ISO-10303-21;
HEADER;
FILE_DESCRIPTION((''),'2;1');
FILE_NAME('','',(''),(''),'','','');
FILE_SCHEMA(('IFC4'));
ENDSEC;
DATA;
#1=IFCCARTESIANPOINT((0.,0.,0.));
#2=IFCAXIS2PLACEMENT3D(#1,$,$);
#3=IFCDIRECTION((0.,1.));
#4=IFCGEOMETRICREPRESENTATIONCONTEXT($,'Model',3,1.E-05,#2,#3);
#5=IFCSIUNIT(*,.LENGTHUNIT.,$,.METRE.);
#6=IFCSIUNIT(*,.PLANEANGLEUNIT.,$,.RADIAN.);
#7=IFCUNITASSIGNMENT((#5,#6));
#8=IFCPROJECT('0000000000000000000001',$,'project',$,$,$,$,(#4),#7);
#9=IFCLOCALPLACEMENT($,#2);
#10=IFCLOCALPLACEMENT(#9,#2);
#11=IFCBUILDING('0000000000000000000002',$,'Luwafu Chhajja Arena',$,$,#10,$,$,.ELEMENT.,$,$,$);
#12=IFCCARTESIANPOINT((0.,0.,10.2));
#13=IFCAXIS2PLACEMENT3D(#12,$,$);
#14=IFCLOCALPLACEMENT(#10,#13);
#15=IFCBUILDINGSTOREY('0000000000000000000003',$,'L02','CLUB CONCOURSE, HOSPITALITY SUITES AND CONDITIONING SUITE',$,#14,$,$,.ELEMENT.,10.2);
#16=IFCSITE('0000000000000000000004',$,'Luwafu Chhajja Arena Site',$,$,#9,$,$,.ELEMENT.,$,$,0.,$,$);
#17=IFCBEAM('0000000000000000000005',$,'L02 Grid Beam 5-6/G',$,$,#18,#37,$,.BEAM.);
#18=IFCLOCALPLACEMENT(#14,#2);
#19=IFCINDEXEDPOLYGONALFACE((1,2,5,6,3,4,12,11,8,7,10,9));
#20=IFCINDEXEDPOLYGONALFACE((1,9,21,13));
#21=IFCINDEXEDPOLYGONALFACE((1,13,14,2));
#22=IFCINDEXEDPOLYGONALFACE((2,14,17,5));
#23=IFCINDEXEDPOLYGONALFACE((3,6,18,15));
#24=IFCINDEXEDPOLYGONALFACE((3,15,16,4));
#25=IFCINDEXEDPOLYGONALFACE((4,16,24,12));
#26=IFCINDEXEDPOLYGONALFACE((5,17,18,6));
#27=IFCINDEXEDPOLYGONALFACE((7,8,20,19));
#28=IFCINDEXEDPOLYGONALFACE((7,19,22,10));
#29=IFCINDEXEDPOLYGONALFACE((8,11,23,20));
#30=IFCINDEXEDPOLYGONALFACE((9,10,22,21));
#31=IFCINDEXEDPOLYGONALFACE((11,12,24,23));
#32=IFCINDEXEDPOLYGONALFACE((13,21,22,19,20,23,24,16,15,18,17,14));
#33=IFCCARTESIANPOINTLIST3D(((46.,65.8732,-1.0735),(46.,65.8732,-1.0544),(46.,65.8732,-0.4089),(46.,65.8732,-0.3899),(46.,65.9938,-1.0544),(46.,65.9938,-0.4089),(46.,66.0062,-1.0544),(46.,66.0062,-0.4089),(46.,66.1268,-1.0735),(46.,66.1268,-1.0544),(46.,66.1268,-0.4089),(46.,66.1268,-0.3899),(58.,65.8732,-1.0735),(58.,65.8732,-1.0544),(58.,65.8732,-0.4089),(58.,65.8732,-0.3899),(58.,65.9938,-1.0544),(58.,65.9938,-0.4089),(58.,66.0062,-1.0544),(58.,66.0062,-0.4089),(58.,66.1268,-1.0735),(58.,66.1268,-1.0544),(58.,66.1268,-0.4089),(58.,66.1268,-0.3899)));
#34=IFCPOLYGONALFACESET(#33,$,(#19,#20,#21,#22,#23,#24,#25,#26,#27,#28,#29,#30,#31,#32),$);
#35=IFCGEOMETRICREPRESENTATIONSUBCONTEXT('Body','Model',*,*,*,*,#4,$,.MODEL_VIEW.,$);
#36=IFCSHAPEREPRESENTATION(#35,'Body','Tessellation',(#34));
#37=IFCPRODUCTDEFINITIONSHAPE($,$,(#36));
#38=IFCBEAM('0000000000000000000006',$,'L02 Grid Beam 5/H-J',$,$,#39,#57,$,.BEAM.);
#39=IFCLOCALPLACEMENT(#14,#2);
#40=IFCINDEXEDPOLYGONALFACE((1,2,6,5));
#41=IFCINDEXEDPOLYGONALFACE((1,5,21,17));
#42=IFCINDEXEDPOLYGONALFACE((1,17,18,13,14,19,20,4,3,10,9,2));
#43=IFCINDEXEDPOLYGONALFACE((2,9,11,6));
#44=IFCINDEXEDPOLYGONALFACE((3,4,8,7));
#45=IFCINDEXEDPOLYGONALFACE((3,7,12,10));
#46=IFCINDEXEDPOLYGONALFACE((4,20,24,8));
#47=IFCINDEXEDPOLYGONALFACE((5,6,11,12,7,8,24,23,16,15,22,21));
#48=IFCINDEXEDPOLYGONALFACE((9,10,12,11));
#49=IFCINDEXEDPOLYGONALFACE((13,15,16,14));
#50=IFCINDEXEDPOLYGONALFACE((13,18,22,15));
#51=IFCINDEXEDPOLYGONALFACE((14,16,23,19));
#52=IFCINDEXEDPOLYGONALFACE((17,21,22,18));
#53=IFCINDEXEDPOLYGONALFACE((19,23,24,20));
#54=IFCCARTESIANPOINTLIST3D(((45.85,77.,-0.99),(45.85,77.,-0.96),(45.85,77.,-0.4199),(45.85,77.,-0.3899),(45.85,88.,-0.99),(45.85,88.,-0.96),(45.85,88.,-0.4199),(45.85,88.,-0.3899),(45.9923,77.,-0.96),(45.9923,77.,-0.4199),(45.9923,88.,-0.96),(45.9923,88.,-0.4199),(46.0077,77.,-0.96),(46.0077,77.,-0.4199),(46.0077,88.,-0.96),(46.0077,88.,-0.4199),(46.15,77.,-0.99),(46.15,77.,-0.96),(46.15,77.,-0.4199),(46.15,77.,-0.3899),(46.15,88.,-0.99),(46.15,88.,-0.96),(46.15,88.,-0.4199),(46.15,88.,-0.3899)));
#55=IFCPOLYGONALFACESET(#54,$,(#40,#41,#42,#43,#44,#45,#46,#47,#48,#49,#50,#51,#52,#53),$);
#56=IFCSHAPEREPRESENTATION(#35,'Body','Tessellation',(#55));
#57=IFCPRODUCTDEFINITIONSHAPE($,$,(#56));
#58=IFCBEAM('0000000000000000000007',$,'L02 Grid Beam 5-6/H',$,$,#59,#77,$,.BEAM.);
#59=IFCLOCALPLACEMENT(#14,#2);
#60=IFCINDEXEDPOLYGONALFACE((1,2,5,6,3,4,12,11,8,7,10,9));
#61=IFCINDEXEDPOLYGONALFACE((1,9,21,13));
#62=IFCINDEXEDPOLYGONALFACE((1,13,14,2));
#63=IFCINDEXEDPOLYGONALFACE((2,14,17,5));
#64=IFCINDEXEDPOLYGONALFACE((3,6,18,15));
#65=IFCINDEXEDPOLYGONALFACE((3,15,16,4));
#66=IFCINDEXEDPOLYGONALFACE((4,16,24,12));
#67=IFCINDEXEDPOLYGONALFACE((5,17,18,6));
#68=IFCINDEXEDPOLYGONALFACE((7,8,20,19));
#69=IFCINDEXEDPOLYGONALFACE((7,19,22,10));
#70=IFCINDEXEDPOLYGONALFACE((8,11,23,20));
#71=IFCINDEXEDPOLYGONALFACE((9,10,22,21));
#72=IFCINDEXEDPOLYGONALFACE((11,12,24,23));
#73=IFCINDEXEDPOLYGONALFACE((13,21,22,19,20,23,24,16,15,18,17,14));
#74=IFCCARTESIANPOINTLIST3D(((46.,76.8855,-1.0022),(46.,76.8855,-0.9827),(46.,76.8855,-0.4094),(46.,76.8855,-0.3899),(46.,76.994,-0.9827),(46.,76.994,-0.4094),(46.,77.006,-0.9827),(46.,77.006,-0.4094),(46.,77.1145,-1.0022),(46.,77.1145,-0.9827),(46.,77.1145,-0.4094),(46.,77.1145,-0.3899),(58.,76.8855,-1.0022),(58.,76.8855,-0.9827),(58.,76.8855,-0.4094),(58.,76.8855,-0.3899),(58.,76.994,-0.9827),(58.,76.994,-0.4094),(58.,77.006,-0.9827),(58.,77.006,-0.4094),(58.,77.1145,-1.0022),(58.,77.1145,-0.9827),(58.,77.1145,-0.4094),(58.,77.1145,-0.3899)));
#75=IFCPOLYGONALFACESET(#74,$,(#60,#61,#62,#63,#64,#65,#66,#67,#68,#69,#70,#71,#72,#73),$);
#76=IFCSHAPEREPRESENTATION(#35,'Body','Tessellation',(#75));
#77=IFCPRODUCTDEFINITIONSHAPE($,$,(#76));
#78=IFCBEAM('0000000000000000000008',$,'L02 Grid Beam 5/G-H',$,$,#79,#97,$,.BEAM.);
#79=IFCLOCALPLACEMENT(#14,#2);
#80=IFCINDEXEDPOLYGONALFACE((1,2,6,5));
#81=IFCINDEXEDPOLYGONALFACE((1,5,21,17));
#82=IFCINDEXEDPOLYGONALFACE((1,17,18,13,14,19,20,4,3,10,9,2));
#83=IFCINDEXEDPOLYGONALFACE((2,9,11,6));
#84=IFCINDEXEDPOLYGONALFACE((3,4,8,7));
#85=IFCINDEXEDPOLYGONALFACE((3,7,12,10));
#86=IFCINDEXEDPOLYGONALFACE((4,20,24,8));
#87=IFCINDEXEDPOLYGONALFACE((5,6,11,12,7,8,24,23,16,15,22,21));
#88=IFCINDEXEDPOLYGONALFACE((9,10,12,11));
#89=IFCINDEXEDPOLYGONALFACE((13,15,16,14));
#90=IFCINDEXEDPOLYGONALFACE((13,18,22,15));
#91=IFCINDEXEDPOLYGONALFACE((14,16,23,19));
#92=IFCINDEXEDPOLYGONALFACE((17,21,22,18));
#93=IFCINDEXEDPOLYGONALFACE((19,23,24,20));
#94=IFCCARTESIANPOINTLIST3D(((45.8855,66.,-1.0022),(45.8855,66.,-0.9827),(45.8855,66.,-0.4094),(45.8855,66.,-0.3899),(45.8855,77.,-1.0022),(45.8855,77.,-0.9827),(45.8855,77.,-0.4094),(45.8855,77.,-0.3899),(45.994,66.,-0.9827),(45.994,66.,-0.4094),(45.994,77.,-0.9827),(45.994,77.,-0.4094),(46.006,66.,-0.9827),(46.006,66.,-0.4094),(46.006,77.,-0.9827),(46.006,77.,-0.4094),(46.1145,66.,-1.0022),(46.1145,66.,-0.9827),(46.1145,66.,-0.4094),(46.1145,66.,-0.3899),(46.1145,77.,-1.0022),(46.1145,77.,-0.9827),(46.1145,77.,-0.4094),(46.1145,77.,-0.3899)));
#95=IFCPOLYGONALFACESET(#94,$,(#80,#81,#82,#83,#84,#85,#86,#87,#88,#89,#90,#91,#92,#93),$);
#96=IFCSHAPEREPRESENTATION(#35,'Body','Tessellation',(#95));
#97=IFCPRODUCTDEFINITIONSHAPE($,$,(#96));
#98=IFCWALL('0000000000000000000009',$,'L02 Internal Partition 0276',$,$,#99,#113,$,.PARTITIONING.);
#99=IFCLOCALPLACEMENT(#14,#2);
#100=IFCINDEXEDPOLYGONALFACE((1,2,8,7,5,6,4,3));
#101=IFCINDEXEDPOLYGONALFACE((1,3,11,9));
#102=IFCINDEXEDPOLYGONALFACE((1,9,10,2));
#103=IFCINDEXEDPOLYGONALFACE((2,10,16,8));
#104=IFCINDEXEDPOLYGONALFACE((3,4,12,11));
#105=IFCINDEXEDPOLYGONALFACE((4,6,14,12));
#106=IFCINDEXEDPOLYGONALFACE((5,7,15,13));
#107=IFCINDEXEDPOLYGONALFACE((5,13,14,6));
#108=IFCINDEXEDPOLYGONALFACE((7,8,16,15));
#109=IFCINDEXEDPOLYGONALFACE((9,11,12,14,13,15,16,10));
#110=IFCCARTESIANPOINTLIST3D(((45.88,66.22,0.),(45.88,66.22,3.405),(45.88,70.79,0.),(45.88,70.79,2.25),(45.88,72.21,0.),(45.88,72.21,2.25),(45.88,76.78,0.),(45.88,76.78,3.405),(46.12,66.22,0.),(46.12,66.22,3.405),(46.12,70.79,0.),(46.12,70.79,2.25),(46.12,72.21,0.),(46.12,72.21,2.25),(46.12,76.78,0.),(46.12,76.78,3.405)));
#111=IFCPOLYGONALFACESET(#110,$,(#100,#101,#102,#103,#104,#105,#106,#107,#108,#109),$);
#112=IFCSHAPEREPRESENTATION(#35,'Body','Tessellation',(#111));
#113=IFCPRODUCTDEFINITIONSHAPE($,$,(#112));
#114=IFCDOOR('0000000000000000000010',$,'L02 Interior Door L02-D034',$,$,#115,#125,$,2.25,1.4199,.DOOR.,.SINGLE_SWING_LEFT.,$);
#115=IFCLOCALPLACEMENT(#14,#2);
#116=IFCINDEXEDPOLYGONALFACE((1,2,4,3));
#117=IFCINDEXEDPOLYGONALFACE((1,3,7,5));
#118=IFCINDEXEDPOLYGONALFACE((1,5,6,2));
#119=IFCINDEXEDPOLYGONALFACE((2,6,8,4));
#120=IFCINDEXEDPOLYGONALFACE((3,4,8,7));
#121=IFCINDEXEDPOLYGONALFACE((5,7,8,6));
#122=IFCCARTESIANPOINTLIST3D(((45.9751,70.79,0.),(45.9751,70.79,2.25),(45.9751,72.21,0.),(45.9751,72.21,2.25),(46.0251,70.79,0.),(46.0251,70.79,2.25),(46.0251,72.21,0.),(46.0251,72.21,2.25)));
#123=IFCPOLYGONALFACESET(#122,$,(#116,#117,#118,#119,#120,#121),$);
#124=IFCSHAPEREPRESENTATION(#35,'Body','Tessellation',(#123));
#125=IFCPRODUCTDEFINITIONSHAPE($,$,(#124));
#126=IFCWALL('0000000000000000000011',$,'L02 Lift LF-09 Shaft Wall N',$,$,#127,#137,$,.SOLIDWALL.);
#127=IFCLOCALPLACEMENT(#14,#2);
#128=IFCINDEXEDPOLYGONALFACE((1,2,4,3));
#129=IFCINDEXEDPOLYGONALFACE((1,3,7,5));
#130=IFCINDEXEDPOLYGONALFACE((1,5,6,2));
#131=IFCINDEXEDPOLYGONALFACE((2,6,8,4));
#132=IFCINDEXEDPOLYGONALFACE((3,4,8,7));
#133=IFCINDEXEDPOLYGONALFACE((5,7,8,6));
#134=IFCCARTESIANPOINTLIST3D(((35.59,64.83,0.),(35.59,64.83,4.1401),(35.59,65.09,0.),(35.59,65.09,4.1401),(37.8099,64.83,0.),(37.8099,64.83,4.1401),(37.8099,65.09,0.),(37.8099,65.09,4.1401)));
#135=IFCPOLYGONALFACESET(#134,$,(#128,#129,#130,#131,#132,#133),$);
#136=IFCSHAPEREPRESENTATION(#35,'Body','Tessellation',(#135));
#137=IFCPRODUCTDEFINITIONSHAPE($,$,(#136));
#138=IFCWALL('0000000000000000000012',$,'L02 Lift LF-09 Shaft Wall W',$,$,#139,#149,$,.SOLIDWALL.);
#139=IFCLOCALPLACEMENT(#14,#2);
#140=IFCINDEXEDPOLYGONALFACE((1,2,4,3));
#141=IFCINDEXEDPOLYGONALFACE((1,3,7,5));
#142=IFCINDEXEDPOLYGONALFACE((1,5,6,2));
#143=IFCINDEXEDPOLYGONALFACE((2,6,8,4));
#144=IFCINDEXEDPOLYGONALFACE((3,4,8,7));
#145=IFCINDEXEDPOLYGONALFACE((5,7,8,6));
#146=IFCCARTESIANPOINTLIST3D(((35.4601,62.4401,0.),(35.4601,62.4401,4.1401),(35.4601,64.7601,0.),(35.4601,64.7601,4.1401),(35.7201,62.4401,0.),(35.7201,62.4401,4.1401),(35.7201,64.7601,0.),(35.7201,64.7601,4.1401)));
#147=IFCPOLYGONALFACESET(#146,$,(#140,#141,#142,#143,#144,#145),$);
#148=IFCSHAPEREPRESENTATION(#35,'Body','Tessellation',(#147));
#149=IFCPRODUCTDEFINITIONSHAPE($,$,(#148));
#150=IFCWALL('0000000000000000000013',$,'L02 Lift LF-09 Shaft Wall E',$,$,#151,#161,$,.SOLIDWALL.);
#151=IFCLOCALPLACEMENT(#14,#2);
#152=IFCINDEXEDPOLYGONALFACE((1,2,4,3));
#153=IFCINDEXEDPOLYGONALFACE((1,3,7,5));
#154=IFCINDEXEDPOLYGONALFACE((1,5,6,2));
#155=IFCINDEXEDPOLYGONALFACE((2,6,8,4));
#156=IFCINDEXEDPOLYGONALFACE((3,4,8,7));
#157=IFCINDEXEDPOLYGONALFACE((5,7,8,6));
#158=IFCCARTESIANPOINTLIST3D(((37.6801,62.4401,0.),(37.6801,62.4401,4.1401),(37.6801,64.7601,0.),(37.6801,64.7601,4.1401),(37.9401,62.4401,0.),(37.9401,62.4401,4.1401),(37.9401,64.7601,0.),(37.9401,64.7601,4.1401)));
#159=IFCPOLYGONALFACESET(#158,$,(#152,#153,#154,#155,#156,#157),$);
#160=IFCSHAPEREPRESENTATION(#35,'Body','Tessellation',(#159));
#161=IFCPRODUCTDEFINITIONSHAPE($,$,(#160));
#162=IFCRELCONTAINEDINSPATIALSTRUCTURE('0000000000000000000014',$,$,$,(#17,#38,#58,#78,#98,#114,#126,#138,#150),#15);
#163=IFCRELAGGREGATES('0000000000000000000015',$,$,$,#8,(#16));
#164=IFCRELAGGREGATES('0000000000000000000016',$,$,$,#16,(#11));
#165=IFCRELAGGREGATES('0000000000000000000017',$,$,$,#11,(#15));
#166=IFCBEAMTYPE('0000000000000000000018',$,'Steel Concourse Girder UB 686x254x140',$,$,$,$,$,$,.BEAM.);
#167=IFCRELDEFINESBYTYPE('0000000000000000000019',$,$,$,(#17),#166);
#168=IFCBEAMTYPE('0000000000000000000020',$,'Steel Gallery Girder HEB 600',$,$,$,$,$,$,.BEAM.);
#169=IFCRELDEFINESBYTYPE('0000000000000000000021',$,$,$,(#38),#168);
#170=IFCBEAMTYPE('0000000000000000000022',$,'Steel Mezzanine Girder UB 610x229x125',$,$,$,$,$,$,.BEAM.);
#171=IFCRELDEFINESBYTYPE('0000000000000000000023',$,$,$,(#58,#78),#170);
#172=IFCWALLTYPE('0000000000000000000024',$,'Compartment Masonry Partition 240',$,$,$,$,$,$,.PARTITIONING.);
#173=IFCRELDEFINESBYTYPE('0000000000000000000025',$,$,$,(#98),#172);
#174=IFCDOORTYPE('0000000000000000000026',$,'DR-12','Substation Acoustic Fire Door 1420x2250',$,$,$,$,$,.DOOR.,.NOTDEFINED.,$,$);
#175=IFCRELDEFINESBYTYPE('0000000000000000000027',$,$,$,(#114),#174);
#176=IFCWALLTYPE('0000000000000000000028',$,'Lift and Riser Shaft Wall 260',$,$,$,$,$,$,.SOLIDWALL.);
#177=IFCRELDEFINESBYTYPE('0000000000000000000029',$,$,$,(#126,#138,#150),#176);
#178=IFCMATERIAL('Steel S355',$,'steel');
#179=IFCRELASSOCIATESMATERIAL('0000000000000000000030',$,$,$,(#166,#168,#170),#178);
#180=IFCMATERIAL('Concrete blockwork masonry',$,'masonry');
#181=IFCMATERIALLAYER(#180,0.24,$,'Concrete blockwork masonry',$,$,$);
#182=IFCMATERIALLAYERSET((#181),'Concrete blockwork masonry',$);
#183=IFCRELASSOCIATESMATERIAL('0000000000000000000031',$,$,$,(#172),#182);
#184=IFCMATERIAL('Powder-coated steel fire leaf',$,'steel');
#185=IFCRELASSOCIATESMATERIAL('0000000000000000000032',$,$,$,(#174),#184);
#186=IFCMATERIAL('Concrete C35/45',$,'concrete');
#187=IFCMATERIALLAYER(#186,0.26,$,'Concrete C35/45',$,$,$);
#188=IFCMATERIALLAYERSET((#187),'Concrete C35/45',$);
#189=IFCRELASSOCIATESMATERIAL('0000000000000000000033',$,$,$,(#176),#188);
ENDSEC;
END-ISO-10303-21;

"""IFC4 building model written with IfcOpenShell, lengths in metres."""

from ifc_helpers import new_model, si_unit, direction, frame, frame_2d, origin, origin_2d, place, context, subcontext, project, spatial, rectangle, i_section, extrude, material, layer, layer_set, material_profile, profile_set, type_object, element, fill, save


model = new_model("IFC4")

# Units and contexts
model_context = context("Model", 3, precision=1e-05, world=origin(), true_north=direction((0.0, 1.0)))
body_context = subcontext(model_context, "Body", "Model", "MODEL_VIEW")
ifc_project = project(units=[si_unit("LENGTHUNIT", "METRE"), si_unit("PLANEANGLEUNIT", "RADIAN")], contexts=[model_context])

# Site, building, storey
site_placement = place(None, origin())
site = spatial("IfcSite", under=ifc_project, at=site_placement, Name="Luwafu Chhajja Arena Site", CompositionType="ELEMENT", RefElevation=0.0)
building_placement = place(site_placement, origin())
building = spatial("IfcBuilding", under=site, at=building_placement, Name="Luwafu Chhajja Arena", CompositionType="ELEMENT")
storey_placement = place(building_placement, frame((0.0, 0.0, 10.2)))
storey = spatial("IfcBuildingStorey", under=building, at=storey_placement, Name="L02", Description="CLUB CONCOURSE, HOSPITALITY SUITES AND CONDITIONING SUITE", CompositionType="ELEMENT", Elevation=10.2)

# Shared definitions
ifc_material_1 = material(Name="Concrete C35/45", Category="concrete")
ifc_material_2 = material(Name="Steel S355", Category="steel")

# Beams
ifc_material_profile_1 = material_profile(ifc_material_2, i_section(OverallWidth=0.2537, OverallDepth=0.6836, WebThickness=0.0125, FlangeThickness=0.019, at=origin_2d()), Name="UB 686x254x140")
ifc_profile_set_1 = profile_set([ifc_material_profile_1], Name="Steel S355")
beam_type_1 = type_object("IfcBeamType", Name="Steel Concourse Girder UB 686x254x140", PredefinedType="BEAM", material=ifc_profile_set_1)
beam_1_placement = place(storey_placement, frame((46.0, 66.0, -0.7317), z_axis=(1.0, 0.0, 0.0), x_axis=(0.0, 1.0, 0.0)))
element("IfcBeam", 1, at=beam_1_placement, inside=storey, type_object=beam_type_1, Name="L02 Grid Beam 5-6/G", PredefinedType="BEAM", context=body_context, shape_type="SweptSolid", body=[
    extrude(i_section(OverallWidth=0.2537, OverallDepth=0.6836, WebThickness=0.0125, FlangeThickness=0.019, at=origin_2d()), origin(), (0.0, 0.0, 1.0), 12.0),
])
ifc_material_profile_2 = material_profile(ifc_material_2, i_section(OverallWidth=0.3, OverallDepth=0.6001, WebThickness=0.0154, FlangeThickness=0.03, at=origin_2d()), Name="HEB 600")
ifc_profile_set_2 = profile_set([ifc_material_profile_2], Name="Steel S355")
beam_type_2 = type_object("IfcBeamType", Name="Steel Gallery Girder HEB 600", PredefinedType="BEAM", material=ifc_profile_set_2)
beam_2_placement = place(storey_placement, frame((46.0, 77.0, -0.6899), z_axis=(0.0, 1.0, 0.0), x_axis=(-1.0, 0.0, 0.0)))
element("IfcBeam", 2, at=beam_2_placement, inside=storey, type_object=beam_type_2, Name="L02 Grid Beam 5/H-J", PredefinedType="BEAM", context=body_context, shape_type="SweptSolid", body=[
    extrude(i_section(OverallWidth=0.3, OverallDepth=0.6001, WebThickness=0.0154, FlangeThickness=0.03, at=origin_2d()), origin(), (0.0, 0.0, 1.0), 11.0),
])
ifc_material_profile_3 = material_profile(ifc_material_2, i_section(OverallWidth=0.229, OverallDepth=0.6123, WebThickness=0.012, FlangeThickness=0.0195, at=origin_2d()), Name="UB 610x229x125")
ifc_profile_set_3 = profile_set([ifc_material_profile_3], Name="Steel S355")
beam_type_3 = type_object("IfcBeamType", Name="Steel Mezzanine Girder UB 610x229x125", PredefinedType="BEAM", material=ifc_profile_set_3)
beam_3_placement = place(storey_placement, frame((46.0, 77.0, -0.696), z_axis=(1.0, 0.0, 0.0), x_axis=(0.0, 1.0, 0.0)))
element("IfcBeam", 3, at=beam_3_placement, inside=storey, type_object=beam_type_3, Name="L02 Grid Beam 5-6/H", PredefinedType="BEAM", context=body_context, shape_type="SweptSolid", body=[
    extrude(i_section(OverallWidth=0.229, OverallDepth=0.6123, WebThickness=0.012, FlangeThickness=0.0195, at=origin_2d()), origin(), (0.0, 0.0, 1.0), 12.0),
])
beam_4_placement = place(storey_placement, frame((46.0, 66.0, -0.696), z_axis=(0.0, 1.0, 0.0), x_axis=(-1.0, 0.0, 0.0)))
element("IfcBeam", 4, at=beam_4_placement, inside=storey, type_object=beam_type_3, Name="L02 Grid Beam 5/G-H", PredefinedType="BEAM", context=body_context, shape_type="SweptSolid", body=[
    extrude(i_section(OverallWidth=0.229, OverallDepth=0.6123, WebThickness=0.012, FlangeThickness=0.0195, at=origin_2d()), origin(), (0.0, 0.0, 1.0), 11.0),
])

# Wall, opening, door
ifc_material_3 = material(Name="Concrete blockwork masonry", Category="masonry")
ifc_layer_1 = layer(ifc_material_3, 0.24, Name="Concrete blockwork masonry")
ifc_layer_set_1 = layer_set([ifc_layer_1], Name="Concrete blockwork masonry")
wall_type_1 = type_object("IfcWallType", Name="Compartment Masonry Partition 240", PredefinedType="PARTITIONING", material=ifc_layer_set_1)
wall_1_placement = place(storey_placement, frame((46.0, 66.22, 0.0), z_axis=(0.0, 0.0, 1.0), x_axis=(0.0, 1.0, 0.0)))
wall_1 = element("IfcWall", 5, at=wall_1_placement, inside=storey, type_object=wall_type_1, Name="L02 Internal Partition 0276", PredefinedType="PARTITIONING", context=body_context, shape_type="SweptSolid", body=[
    extrude(rectangle(XDim=10.5601, YDim=0.24, at=frame_2d((5.28, 0.0))), origin(), (0.0, 0.0, 1.0), 3.405),
])
opening_1_placement = place(wall_1_placement, frame((4.5701, 0.0, 0.0)))
opening_1 = element("IfcOpeningElement", 6, at=opening_1_placement, cuts=wall_1, PredefinedType="OPENING", context=body_context, shape_type="SweptSolid", body=[
    extrude(rectangle(XDim=1.4199, YDim=2.25, at=frame_2d((0.71, 1.125))), frame((0.0, 0.1299, 0.0), z_axis=(0.0, -1.0, 0.0), x_axis=(1.0, 0.0, 0.0)), (0.0, 0.0, 1.0), 0.26),
])
ifc_material_4 = material(Name="Powder-coated steel fire leaf", Category="steel")
door_type_1 = type_object("IfcDoorType", Name="DR-12", Description="Substation Acoustic Fire Door 1420x2250", OperationType="NOTDEFINED", PredefinedType="DOOR", material=ifc_material_4)
door_1_placement = place(opening_1_placement, origin())
door_1 = element("IfcDoor", 7, at=door_1_placement, inside=storey, type_object=door_type_1, Name="L02 Interior Door L02-D034", OperationType="SINGLE_SWING_LEFT", OverallHeight=2.25, OverallWidth=1.4199, PredefinedType="DOOR", context=body_context, shape_type="SweptSolid", body=[
    extrude(rectangle(XDim=1.4199, YDim=2.25, at=frame_2d((0.71, 1.125))), frame((0.0, 0.0249, 0.0), z_axis=(0.0, -1.0, 0.0), x_axis=(1.0, 0.0, 0.0)), (0.0, 0.0, 1.0), 0.05),
])
fill(opening_1, door_1)
ifc_layer_2 = layer(ifc_material_1, 0.26, Name="Concrete C35/45")
ifc_layer_set_2 = layer_set([ifc_layer_2], Name="Concrete C35/45")
wall_type_2 = type_object("IfcWallType", Name="Lift and Riser Shaft Wall 260", PredefinedType="SOLIDWALL", material=ifc_layer_set_2)

# Walls
wall_2_placement = place(storey_placement, frame((35.5901, 64.96, 0.0), z_axis=(0.0, 0.0, 1.0), x_axis=(1.0, 0.0, 0.0)))
element("IfcWall", 8, at=wall_2_placement, inside=storey, type_object=wall_type_2, Name="L02 Lift LF-09 Shaft Wall N", PredefinedType="SOLIDWALL", context=body_context, shape_type="SweptSolid", body=[
    extrude(rectangle(XDim=2.22, YDim=0.26, at=frame_2d((1.1099, 0.0))), origin(), (0.0, 0.0, 1.0), 4.1401),
])
for number, where, z_axis, x_axis, name in (
    (9, (35.5901, 62.4399, 0.0), (0.0, 0.0, 1.0), (0.0, 1.0, 0.0), "L02 Lift LF-09 Shaft Wall W"),
    (10, (37.8101, 62.4399, 0.0), (0.0, 0.0, 1.0), (0.0, 1.0, 0.0), "L02 Lift LF-09 Shaft Wall E"),
):
    element("IfcWall", number, at=place(storey_placement, frame(where, z_axis=z_axis, x_axis=x_axis)), inside=storey, type_object=wall_type_2, Name=name, PredefinedType="SOLIDWALL", context=body_context, shape_type="SweptSolid", body=[
        extrude(rectangle(XDim=2.3201, YDim=0.26, at=frame_2d((1.1602, 0.0))), origin(), (0.0, 0.0, 1.0), 4.1401),
    ])

save(model, "model.ifc")
